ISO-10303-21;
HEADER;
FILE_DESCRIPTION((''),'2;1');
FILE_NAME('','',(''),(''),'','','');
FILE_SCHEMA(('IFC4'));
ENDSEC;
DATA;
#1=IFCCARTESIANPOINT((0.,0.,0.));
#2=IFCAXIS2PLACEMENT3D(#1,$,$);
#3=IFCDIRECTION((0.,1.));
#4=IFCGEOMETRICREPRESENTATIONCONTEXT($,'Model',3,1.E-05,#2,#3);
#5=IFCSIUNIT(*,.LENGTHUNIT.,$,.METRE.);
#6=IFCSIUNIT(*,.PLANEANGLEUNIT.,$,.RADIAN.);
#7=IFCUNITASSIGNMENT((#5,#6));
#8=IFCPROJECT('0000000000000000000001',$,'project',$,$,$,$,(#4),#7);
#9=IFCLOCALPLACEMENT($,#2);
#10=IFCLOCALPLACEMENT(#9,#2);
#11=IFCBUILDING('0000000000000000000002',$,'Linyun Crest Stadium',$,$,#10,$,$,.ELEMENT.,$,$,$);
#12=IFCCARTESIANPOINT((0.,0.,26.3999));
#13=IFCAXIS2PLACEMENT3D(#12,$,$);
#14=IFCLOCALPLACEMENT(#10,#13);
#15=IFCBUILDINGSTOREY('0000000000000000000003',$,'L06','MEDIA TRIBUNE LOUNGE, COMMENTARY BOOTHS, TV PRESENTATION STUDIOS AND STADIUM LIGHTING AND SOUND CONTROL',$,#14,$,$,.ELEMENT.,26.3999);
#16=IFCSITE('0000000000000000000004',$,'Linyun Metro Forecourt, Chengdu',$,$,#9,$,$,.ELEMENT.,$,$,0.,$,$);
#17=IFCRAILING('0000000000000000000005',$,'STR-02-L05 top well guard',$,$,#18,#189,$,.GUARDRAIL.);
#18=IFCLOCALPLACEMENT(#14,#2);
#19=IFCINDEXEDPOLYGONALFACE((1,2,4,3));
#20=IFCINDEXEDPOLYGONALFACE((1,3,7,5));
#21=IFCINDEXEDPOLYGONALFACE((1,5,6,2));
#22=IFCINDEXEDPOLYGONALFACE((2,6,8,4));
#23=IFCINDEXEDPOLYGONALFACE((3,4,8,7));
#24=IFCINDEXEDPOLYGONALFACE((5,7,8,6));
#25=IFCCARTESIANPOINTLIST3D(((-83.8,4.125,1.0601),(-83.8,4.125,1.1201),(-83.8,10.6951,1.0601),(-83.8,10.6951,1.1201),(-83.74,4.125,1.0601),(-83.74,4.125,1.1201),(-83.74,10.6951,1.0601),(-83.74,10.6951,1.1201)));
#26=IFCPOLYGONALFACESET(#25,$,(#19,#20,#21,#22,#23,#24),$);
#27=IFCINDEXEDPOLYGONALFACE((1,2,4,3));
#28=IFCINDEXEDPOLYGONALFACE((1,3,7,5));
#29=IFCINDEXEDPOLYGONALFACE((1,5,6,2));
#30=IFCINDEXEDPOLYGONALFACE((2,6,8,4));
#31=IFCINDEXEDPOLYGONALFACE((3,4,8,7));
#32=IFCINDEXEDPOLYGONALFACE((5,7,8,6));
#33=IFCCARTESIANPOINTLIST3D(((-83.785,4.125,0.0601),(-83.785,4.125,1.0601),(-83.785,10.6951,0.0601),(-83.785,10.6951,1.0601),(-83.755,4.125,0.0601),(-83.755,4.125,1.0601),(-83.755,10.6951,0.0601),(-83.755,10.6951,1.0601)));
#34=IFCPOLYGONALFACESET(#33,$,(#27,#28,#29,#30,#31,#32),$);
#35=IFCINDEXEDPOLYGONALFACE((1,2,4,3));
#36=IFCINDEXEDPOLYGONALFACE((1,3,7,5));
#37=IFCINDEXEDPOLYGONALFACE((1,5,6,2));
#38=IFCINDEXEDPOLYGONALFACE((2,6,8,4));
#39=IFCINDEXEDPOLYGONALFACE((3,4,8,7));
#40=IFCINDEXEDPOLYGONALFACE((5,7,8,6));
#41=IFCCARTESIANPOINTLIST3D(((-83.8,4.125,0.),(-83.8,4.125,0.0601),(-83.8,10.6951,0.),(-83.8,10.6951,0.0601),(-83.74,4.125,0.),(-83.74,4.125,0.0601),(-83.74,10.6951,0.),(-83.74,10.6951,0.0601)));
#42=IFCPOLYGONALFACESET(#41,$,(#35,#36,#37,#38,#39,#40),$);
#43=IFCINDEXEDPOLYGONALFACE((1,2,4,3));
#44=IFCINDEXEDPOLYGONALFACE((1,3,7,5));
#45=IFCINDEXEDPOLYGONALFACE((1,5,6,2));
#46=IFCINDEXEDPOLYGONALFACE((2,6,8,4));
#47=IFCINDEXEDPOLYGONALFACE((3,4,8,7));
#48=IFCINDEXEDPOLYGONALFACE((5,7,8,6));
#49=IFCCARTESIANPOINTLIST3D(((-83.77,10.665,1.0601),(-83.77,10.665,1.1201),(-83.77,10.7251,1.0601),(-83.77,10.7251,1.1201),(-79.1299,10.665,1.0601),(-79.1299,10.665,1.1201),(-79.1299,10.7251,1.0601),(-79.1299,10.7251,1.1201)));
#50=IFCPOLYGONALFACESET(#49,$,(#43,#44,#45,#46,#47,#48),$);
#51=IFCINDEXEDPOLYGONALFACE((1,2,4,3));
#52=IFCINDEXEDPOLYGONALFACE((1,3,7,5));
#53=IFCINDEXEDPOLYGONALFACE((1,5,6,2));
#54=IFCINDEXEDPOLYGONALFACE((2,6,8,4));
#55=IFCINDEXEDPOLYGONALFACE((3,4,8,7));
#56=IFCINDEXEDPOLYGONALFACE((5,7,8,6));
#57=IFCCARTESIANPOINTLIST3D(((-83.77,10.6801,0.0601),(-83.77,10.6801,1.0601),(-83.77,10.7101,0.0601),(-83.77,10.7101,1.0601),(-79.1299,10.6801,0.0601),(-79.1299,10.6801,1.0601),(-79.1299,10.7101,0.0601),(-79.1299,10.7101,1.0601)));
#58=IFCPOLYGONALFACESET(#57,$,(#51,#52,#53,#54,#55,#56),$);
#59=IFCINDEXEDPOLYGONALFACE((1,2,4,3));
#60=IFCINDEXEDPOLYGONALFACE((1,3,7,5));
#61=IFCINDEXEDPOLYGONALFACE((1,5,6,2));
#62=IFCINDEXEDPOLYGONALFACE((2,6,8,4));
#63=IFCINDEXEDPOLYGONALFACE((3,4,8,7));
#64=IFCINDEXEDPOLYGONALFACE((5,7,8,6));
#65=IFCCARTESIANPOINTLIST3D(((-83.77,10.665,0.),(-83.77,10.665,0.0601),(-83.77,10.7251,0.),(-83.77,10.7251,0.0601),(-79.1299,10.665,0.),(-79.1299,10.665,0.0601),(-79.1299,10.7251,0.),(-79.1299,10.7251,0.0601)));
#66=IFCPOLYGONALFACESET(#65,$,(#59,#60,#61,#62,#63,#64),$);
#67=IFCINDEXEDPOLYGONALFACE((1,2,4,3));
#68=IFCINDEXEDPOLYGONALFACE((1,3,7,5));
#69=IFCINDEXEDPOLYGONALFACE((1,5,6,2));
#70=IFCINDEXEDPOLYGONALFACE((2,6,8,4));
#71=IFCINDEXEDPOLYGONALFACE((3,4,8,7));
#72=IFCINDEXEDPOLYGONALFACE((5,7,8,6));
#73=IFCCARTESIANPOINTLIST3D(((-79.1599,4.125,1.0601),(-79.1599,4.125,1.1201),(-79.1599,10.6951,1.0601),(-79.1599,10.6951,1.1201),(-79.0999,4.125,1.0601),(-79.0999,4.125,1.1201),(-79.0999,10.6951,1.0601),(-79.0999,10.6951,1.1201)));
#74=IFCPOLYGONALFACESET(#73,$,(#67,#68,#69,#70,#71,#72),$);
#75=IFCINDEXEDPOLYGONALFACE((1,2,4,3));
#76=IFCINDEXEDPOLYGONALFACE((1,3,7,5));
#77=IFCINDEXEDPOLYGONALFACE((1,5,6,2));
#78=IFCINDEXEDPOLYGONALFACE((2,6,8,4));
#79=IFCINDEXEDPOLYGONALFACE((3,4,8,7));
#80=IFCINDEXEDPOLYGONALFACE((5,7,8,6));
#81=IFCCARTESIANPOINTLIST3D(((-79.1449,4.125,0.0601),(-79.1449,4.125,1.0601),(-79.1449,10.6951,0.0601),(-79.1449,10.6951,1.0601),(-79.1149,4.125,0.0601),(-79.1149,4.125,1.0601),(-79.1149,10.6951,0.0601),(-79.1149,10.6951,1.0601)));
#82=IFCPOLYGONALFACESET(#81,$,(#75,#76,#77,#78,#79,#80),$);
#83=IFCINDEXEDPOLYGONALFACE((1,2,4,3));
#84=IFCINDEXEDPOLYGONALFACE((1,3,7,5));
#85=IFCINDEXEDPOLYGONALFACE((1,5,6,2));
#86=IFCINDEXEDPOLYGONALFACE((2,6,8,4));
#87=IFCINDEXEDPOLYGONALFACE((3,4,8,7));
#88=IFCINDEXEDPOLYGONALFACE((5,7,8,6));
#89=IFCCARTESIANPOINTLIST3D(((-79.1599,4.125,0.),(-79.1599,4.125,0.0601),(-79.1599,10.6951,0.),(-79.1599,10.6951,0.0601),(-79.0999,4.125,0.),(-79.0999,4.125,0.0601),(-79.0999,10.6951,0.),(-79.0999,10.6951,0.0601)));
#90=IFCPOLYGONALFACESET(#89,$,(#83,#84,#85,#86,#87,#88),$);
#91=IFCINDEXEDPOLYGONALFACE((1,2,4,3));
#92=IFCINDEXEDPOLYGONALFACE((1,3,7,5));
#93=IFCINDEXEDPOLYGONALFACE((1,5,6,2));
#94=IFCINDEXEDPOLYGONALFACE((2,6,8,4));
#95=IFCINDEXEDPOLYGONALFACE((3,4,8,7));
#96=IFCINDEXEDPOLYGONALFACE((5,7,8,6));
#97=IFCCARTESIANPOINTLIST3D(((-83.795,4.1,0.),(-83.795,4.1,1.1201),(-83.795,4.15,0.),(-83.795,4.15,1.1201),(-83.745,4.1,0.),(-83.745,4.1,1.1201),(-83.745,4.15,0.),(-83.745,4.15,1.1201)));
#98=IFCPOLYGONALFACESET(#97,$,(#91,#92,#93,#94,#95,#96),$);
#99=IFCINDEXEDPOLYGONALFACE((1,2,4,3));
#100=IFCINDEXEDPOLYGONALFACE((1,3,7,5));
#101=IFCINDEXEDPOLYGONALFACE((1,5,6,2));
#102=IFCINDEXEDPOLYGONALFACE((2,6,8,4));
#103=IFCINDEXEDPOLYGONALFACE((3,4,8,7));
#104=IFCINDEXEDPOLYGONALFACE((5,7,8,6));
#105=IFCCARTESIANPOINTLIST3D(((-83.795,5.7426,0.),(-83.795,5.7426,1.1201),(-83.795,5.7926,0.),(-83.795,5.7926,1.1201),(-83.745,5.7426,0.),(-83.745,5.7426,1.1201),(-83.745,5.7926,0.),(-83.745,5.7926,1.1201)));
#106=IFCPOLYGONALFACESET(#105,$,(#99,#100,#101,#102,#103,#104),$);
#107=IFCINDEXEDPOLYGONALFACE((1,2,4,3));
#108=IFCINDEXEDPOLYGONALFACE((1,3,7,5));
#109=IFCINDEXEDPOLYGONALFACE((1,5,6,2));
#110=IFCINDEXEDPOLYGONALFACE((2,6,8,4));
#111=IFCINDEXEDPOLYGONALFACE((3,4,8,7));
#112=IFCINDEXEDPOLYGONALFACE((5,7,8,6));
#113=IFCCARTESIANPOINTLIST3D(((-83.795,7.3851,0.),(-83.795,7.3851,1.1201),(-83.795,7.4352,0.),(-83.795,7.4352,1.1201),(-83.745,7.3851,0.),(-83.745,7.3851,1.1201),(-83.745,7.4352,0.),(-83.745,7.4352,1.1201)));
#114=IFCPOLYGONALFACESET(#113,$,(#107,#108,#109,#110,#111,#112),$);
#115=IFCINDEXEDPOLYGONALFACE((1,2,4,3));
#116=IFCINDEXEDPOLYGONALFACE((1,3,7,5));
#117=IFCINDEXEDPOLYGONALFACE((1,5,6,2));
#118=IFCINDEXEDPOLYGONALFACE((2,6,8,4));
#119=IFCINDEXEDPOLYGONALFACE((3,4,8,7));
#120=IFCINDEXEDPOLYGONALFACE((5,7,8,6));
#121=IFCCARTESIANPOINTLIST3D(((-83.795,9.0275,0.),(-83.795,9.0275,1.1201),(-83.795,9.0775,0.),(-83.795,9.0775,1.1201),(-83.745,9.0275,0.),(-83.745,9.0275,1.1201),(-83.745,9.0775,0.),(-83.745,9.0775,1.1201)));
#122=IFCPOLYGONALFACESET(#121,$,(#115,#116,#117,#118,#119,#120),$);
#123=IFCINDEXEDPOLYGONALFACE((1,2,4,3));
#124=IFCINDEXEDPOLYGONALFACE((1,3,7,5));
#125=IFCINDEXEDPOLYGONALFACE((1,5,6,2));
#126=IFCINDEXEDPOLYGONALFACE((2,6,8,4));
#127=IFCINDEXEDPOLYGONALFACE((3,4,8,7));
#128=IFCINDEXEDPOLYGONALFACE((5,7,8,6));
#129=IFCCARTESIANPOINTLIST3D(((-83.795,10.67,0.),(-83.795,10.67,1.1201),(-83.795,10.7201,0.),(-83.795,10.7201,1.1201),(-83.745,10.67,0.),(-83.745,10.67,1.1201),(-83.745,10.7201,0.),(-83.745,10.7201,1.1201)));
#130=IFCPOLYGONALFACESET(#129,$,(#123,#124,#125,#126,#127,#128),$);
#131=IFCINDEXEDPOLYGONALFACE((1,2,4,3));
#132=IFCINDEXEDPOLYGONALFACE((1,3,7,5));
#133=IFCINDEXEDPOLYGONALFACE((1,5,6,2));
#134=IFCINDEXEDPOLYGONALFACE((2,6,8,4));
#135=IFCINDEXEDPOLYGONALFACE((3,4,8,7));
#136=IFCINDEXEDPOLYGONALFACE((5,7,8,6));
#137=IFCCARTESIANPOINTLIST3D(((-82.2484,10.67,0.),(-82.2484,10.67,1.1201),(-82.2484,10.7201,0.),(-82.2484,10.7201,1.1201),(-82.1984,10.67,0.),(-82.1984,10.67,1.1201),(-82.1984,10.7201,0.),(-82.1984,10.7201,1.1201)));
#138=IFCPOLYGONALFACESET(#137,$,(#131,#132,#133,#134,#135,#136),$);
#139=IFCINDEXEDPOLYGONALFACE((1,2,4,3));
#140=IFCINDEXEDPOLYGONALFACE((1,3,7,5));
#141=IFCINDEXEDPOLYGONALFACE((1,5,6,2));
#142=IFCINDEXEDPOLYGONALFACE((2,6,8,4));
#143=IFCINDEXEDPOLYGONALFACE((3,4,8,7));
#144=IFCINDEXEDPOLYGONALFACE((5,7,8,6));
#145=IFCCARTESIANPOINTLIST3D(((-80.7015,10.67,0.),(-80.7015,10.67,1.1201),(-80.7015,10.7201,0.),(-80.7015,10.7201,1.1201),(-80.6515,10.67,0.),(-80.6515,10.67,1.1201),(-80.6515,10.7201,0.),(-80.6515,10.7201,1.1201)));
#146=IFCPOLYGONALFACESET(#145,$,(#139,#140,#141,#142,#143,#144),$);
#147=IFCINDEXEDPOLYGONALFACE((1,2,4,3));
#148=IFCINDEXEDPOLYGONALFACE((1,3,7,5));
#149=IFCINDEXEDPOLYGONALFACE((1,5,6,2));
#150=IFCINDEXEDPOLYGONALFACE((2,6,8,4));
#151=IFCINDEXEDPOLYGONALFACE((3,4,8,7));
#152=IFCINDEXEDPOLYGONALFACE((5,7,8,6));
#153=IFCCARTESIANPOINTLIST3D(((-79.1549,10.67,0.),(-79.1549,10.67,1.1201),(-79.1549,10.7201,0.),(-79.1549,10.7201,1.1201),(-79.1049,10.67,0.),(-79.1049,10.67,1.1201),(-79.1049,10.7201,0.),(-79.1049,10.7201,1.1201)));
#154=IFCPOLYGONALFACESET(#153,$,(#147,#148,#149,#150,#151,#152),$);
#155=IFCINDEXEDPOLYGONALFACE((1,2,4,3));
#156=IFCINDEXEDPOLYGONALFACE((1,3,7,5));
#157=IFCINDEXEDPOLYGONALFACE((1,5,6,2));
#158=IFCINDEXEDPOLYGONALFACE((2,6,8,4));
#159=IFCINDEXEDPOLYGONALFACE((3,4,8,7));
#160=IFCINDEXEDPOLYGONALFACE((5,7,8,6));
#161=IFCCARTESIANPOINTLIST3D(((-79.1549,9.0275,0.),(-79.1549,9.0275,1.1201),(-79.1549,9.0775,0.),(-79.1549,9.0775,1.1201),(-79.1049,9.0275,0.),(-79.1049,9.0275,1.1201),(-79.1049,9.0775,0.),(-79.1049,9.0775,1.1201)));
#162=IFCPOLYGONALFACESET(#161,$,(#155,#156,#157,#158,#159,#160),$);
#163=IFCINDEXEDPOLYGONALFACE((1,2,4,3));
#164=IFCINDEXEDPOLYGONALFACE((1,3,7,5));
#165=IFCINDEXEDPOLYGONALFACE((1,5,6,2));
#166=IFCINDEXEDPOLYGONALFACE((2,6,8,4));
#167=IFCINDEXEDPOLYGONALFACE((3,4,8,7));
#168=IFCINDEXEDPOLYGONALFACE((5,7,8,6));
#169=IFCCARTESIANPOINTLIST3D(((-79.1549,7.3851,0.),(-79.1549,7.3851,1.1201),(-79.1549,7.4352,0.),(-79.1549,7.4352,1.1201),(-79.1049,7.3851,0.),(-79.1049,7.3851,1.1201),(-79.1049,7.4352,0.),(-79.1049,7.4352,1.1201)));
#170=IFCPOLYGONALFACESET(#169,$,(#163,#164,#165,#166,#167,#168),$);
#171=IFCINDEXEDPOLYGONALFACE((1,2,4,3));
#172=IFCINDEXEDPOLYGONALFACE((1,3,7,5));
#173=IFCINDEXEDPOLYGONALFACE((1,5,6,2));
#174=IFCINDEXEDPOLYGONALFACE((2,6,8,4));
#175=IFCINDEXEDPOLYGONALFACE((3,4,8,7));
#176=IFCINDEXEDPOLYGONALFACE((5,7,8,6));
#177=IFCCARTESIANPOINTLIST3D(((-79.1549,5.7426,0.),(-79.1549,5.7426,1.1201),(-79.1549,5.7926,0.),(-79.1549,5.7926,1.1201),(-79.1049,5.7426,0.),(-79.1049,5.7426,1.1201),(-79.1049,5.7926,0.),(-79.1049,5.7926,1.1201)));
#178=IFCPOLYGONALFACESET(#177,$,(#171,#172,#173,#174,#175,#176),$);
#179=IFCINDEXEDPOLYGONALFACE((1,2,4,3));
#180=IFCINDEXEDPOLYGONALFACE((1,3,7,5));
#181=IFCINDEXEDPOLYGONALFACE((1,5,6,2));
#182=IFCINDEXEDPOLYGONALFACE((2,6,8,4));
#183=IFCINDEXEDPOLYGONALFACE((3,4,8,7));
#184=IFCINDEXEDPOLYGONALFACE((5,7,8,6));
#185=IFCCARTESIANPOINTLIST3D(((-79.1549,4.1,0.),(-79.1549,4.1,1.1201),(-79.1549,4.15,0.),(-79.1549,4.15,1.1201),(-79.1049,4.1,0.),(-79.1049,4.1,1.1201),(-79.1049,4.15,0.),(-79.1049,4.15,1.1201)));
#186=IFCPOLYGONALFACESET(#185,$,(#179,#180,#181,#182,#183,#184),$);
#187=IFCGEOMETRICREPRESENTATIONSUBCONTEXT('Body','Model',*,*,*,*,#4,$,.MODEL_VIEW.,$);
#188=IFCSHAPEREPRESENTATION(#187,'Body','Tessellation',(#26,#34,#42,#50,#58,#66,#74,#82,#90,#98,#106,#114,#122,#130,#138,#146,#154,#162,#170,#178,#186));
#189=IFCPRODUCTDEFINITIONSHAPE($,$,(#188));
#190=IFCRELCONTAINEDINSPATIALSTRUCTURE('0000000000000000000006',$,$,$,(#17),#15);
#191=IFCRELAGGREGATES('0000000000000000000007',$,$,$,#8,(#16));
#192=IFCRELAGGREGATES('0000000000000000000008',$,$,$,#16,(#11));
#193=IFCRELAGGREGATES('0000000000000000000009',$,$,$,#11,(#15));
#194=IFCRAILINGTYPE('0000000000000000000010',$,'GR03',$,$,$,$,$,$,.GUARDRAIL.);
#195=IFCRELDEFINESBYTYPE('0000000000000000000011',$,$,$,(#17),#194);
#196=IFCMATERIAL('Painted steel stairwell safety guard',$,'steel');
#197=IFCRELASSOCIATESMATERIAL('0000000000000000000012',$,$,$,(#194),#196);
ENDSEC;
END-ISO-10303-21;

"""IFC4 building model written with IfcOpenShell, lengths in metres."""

from ifc_helpers import new_model, si_unit, direction, frame, origin, origin_2d, place, context, subcontext, project, spatial, rectangle, extrude, material, type_object, element, save


model = new_model("IFC4")

# Units and contexts
model_context = context("Model", 3, precision=1e-05, world=origin(), true_north=direction((0.0, 1.0)))
body_context = subcontext(model_context, "Body", "Model", "MODEL_VIEW")
ifc_project = project(units=[si_unit("LENGTHUNIT", "METRE"), si_unit("PLANEANGLEUNIT", "RADIAN")], contexts=[model_context])

# Site, building, storey
site_placement = place(None, origin())
site = spatial("IfcSite", under=ifc_project, at=site_placement, Name="Linyun Metro Forecourt, Chengdu", CompositionType="ELEMENT", RefElevation=0.0)
building_placement = place(site_placement, origin())
building = spatial("IfcBuilding", under=site, at=building_placement, Name="Linyun Crest Stadium", CompositionType="ELEMENT")
storey_placement = place(building_placement, frame((0.0, 0.0, 26.3999)))
storey = spatial("IfcBuildingStorey", under=building, at=storey_placement, Name="L06", Description="MEDIA TRIBUNE LOUNGE, COMMENTARY BOOTHS, TV PRESENTATION STUDIOS AND STADIUM LIGHTING AND SOUND CONTROL", CompositionType="ELEMENT", Elevation=26.3999)

# Railing
ifc_material_1 = material(Name="Painted steel stairwell safety guard", Category="steel")
railing_type_1 = type_object("IfcRailingType", Name="GR03", PredefinedType="GUARDRAIL", material=ifc_material_1)
railing_1_placement = place(storey_placement, frame((-83.77, 4.125, 0.0)))
element("IfcRailing", 1, at=railing_1_placement, inside=storey, type_object=railing_type_1, Name="STR-02-L05 top well guard", PredefinedType="GUARDRAIL", context=body_context, shape_type="SweptSolid", body=[
    extrude(rectangle(XDim=0.0601, YDim=0.0601, at=origin_2d()), frame((0.0, 0.0, 1.0901), z_axis=(0.0, 1.0, 0.0), x_axis=(-1.0, 0.0, 0.0)), (0.0, 0.0, 1.0), 6.5701),
    extrude(rectangle(XDim=0.03, YDim=1.0, at=origin_2d()), frame((0.0, 0.0, 0.5601), z_axis=(0.0, 1.0, 0.0), x_axis=(-1.0, 0.0, 0.0)), (0.0, 0.0, 1.0), 6.5701),
    extrude(rectangle(XDim=0.0601, YDim=0.0601, at=origin_2d()), frame((0.0, 0.0, 0.03), z_axis=(0.0, 1.0, 0.0), x_axis=(-1.0, 0.0, 0.0)), (0.0, 0.0, 1.0), 6.5701),
    extrude(rectangle(XDim=0.0601, YDim=0.0601, at=origin_2d()), frame((0.0, 6.5701, 1.0901), z_axis=(1.0, 0.0, 0.0), x_axis=(0.0, 1.0, 0.0)), (0.0, 0.0, 1.0), 4.6401),
    extrude(rectangle(XDim=0.03, YDim=1.0, at=origin_2d()), frame((0.0, 6.5701, 0.5601), z_axis=(1.0, 0.0, 0.0), x_axis=(0.0, 1.0, 0.0)), (0.0, 0.0, 1.0), 4.6401),
    extrude(rectangle(XDim=0.0601, YDim=0.0601, at=origin_2d()), frame((0.0, 6.5701, 0.03), z_axis=(1.0, 0.0, 0.0), x_axis=(0.0, 1.0, 0.0)), (0.0, 0.0, 1.0), 4.6401),
    extrude(rectangle(XDim=0.0601, YDim=0.0601, at=origin_2d()), frame((4.6401, 6.5701, 1.0901), z_axis=(0.0, -1.0, 0.0), x_axis=(1.0, 0.0, 0.0)), (0.0, 0.0, 1.0), 6.5701),
    extrude(rectangle(XDim=0.03, YDim=1.0, at=origin_2d()), frame((4.6401, 6.5701, 0.5601), z_axis=(0.0, -1.0, 0.0), x_axis=(1.0, 0.0, 0.0)), (0.0, 0.0, 1.0), 6.5701),
    extrude(rectangle(XDim=0.0601, YDim=0.0601, at=origin_2d()), frame((4.6401, 6.5701, 0.03), z_axis=(0.0, -1.0, 0.0), x_axis=(1.0, 0.0, 0.0)), (0.0, 0.0, 1.0), 6.5701),
    extrude(rectangle(XDim=0.05, YDim=0.05, at=origin_2d()), origin(), (0.0, 0.0, 1.0), 1.1201),
    extrude(rectangle(XDim=0.05, YDim=0.05, at=origin_2d()), frame((0.0, 1.6426, 0.0)), (0.0, 0.0, 1.0), 1.1201),
    extrude(rectangle(XDim=0.05, YDim=0.05, at=origin_2d()), frame((0.0, 3.2852, 0.0)), (0.0, 0.0, 1.0), 1.1201),
    extrude(rectangle(XDim=0.05, YDim=0.05, at=origin_2d()), frame((0.0, 4.9275, 0.0)), (0.0, 0.0, 1.0), 1.1201),
    extrude(rectangle(XDim=0.05, YDim=0.05, at=origin_2d()), frame((0.0, 6.5701, 0.0)), (0.0, 0.0, 1.0), 1.1201),
    extrude(rectangle(XDim=0.05, YDim=0.05, at=origin_2d()), frame((1.5466, 6.5701, 0.0)), (0.0, 0.0, 1.0), 1.1201),
    extrude(rectangle(XDim=0.05, YDim=0.05, at=origin_2d()), frame((3.0935, 6.5701, 0.0)), (0.0, 0.0, 1.0), 1.1201),
    extrude(rectangle(XDim=0.05, YDim=0.05, at=origin_2d()), frame((4.6401, 6.5701, 0.0)), (0.0, 0.0, 1.0), 1.1201),
    extrude(rectangle(XDim=0.05, YDim=0.05, at=origin_2d()), frame((4.6401, 4.9275, 0.0)), (0.0, 0.0, 1.0), 1.1201),
    extrude(rectangle(XDim=0.05, YDim=0.05, at=origin_2d()), frame((4.6401, 3.2852, 0.0)), (0.0, 0.0, 1.0), 1.1201),
    extrude(rectangle(XDim=0.05, YDim=0.05, at=origin_2d()), frame((4.6401, 1.6426, 0.0)), (0.0, 0.0, 1.0), 1.1201),
    extrude(rectangle(XDim=0.05, YDim=0.05, at=origin_2d()), frame((4.6401, 0.0, 0.0)), (0.0, 0.0, 1.0), 1.1201),
])

save(model, "model.ifc")
